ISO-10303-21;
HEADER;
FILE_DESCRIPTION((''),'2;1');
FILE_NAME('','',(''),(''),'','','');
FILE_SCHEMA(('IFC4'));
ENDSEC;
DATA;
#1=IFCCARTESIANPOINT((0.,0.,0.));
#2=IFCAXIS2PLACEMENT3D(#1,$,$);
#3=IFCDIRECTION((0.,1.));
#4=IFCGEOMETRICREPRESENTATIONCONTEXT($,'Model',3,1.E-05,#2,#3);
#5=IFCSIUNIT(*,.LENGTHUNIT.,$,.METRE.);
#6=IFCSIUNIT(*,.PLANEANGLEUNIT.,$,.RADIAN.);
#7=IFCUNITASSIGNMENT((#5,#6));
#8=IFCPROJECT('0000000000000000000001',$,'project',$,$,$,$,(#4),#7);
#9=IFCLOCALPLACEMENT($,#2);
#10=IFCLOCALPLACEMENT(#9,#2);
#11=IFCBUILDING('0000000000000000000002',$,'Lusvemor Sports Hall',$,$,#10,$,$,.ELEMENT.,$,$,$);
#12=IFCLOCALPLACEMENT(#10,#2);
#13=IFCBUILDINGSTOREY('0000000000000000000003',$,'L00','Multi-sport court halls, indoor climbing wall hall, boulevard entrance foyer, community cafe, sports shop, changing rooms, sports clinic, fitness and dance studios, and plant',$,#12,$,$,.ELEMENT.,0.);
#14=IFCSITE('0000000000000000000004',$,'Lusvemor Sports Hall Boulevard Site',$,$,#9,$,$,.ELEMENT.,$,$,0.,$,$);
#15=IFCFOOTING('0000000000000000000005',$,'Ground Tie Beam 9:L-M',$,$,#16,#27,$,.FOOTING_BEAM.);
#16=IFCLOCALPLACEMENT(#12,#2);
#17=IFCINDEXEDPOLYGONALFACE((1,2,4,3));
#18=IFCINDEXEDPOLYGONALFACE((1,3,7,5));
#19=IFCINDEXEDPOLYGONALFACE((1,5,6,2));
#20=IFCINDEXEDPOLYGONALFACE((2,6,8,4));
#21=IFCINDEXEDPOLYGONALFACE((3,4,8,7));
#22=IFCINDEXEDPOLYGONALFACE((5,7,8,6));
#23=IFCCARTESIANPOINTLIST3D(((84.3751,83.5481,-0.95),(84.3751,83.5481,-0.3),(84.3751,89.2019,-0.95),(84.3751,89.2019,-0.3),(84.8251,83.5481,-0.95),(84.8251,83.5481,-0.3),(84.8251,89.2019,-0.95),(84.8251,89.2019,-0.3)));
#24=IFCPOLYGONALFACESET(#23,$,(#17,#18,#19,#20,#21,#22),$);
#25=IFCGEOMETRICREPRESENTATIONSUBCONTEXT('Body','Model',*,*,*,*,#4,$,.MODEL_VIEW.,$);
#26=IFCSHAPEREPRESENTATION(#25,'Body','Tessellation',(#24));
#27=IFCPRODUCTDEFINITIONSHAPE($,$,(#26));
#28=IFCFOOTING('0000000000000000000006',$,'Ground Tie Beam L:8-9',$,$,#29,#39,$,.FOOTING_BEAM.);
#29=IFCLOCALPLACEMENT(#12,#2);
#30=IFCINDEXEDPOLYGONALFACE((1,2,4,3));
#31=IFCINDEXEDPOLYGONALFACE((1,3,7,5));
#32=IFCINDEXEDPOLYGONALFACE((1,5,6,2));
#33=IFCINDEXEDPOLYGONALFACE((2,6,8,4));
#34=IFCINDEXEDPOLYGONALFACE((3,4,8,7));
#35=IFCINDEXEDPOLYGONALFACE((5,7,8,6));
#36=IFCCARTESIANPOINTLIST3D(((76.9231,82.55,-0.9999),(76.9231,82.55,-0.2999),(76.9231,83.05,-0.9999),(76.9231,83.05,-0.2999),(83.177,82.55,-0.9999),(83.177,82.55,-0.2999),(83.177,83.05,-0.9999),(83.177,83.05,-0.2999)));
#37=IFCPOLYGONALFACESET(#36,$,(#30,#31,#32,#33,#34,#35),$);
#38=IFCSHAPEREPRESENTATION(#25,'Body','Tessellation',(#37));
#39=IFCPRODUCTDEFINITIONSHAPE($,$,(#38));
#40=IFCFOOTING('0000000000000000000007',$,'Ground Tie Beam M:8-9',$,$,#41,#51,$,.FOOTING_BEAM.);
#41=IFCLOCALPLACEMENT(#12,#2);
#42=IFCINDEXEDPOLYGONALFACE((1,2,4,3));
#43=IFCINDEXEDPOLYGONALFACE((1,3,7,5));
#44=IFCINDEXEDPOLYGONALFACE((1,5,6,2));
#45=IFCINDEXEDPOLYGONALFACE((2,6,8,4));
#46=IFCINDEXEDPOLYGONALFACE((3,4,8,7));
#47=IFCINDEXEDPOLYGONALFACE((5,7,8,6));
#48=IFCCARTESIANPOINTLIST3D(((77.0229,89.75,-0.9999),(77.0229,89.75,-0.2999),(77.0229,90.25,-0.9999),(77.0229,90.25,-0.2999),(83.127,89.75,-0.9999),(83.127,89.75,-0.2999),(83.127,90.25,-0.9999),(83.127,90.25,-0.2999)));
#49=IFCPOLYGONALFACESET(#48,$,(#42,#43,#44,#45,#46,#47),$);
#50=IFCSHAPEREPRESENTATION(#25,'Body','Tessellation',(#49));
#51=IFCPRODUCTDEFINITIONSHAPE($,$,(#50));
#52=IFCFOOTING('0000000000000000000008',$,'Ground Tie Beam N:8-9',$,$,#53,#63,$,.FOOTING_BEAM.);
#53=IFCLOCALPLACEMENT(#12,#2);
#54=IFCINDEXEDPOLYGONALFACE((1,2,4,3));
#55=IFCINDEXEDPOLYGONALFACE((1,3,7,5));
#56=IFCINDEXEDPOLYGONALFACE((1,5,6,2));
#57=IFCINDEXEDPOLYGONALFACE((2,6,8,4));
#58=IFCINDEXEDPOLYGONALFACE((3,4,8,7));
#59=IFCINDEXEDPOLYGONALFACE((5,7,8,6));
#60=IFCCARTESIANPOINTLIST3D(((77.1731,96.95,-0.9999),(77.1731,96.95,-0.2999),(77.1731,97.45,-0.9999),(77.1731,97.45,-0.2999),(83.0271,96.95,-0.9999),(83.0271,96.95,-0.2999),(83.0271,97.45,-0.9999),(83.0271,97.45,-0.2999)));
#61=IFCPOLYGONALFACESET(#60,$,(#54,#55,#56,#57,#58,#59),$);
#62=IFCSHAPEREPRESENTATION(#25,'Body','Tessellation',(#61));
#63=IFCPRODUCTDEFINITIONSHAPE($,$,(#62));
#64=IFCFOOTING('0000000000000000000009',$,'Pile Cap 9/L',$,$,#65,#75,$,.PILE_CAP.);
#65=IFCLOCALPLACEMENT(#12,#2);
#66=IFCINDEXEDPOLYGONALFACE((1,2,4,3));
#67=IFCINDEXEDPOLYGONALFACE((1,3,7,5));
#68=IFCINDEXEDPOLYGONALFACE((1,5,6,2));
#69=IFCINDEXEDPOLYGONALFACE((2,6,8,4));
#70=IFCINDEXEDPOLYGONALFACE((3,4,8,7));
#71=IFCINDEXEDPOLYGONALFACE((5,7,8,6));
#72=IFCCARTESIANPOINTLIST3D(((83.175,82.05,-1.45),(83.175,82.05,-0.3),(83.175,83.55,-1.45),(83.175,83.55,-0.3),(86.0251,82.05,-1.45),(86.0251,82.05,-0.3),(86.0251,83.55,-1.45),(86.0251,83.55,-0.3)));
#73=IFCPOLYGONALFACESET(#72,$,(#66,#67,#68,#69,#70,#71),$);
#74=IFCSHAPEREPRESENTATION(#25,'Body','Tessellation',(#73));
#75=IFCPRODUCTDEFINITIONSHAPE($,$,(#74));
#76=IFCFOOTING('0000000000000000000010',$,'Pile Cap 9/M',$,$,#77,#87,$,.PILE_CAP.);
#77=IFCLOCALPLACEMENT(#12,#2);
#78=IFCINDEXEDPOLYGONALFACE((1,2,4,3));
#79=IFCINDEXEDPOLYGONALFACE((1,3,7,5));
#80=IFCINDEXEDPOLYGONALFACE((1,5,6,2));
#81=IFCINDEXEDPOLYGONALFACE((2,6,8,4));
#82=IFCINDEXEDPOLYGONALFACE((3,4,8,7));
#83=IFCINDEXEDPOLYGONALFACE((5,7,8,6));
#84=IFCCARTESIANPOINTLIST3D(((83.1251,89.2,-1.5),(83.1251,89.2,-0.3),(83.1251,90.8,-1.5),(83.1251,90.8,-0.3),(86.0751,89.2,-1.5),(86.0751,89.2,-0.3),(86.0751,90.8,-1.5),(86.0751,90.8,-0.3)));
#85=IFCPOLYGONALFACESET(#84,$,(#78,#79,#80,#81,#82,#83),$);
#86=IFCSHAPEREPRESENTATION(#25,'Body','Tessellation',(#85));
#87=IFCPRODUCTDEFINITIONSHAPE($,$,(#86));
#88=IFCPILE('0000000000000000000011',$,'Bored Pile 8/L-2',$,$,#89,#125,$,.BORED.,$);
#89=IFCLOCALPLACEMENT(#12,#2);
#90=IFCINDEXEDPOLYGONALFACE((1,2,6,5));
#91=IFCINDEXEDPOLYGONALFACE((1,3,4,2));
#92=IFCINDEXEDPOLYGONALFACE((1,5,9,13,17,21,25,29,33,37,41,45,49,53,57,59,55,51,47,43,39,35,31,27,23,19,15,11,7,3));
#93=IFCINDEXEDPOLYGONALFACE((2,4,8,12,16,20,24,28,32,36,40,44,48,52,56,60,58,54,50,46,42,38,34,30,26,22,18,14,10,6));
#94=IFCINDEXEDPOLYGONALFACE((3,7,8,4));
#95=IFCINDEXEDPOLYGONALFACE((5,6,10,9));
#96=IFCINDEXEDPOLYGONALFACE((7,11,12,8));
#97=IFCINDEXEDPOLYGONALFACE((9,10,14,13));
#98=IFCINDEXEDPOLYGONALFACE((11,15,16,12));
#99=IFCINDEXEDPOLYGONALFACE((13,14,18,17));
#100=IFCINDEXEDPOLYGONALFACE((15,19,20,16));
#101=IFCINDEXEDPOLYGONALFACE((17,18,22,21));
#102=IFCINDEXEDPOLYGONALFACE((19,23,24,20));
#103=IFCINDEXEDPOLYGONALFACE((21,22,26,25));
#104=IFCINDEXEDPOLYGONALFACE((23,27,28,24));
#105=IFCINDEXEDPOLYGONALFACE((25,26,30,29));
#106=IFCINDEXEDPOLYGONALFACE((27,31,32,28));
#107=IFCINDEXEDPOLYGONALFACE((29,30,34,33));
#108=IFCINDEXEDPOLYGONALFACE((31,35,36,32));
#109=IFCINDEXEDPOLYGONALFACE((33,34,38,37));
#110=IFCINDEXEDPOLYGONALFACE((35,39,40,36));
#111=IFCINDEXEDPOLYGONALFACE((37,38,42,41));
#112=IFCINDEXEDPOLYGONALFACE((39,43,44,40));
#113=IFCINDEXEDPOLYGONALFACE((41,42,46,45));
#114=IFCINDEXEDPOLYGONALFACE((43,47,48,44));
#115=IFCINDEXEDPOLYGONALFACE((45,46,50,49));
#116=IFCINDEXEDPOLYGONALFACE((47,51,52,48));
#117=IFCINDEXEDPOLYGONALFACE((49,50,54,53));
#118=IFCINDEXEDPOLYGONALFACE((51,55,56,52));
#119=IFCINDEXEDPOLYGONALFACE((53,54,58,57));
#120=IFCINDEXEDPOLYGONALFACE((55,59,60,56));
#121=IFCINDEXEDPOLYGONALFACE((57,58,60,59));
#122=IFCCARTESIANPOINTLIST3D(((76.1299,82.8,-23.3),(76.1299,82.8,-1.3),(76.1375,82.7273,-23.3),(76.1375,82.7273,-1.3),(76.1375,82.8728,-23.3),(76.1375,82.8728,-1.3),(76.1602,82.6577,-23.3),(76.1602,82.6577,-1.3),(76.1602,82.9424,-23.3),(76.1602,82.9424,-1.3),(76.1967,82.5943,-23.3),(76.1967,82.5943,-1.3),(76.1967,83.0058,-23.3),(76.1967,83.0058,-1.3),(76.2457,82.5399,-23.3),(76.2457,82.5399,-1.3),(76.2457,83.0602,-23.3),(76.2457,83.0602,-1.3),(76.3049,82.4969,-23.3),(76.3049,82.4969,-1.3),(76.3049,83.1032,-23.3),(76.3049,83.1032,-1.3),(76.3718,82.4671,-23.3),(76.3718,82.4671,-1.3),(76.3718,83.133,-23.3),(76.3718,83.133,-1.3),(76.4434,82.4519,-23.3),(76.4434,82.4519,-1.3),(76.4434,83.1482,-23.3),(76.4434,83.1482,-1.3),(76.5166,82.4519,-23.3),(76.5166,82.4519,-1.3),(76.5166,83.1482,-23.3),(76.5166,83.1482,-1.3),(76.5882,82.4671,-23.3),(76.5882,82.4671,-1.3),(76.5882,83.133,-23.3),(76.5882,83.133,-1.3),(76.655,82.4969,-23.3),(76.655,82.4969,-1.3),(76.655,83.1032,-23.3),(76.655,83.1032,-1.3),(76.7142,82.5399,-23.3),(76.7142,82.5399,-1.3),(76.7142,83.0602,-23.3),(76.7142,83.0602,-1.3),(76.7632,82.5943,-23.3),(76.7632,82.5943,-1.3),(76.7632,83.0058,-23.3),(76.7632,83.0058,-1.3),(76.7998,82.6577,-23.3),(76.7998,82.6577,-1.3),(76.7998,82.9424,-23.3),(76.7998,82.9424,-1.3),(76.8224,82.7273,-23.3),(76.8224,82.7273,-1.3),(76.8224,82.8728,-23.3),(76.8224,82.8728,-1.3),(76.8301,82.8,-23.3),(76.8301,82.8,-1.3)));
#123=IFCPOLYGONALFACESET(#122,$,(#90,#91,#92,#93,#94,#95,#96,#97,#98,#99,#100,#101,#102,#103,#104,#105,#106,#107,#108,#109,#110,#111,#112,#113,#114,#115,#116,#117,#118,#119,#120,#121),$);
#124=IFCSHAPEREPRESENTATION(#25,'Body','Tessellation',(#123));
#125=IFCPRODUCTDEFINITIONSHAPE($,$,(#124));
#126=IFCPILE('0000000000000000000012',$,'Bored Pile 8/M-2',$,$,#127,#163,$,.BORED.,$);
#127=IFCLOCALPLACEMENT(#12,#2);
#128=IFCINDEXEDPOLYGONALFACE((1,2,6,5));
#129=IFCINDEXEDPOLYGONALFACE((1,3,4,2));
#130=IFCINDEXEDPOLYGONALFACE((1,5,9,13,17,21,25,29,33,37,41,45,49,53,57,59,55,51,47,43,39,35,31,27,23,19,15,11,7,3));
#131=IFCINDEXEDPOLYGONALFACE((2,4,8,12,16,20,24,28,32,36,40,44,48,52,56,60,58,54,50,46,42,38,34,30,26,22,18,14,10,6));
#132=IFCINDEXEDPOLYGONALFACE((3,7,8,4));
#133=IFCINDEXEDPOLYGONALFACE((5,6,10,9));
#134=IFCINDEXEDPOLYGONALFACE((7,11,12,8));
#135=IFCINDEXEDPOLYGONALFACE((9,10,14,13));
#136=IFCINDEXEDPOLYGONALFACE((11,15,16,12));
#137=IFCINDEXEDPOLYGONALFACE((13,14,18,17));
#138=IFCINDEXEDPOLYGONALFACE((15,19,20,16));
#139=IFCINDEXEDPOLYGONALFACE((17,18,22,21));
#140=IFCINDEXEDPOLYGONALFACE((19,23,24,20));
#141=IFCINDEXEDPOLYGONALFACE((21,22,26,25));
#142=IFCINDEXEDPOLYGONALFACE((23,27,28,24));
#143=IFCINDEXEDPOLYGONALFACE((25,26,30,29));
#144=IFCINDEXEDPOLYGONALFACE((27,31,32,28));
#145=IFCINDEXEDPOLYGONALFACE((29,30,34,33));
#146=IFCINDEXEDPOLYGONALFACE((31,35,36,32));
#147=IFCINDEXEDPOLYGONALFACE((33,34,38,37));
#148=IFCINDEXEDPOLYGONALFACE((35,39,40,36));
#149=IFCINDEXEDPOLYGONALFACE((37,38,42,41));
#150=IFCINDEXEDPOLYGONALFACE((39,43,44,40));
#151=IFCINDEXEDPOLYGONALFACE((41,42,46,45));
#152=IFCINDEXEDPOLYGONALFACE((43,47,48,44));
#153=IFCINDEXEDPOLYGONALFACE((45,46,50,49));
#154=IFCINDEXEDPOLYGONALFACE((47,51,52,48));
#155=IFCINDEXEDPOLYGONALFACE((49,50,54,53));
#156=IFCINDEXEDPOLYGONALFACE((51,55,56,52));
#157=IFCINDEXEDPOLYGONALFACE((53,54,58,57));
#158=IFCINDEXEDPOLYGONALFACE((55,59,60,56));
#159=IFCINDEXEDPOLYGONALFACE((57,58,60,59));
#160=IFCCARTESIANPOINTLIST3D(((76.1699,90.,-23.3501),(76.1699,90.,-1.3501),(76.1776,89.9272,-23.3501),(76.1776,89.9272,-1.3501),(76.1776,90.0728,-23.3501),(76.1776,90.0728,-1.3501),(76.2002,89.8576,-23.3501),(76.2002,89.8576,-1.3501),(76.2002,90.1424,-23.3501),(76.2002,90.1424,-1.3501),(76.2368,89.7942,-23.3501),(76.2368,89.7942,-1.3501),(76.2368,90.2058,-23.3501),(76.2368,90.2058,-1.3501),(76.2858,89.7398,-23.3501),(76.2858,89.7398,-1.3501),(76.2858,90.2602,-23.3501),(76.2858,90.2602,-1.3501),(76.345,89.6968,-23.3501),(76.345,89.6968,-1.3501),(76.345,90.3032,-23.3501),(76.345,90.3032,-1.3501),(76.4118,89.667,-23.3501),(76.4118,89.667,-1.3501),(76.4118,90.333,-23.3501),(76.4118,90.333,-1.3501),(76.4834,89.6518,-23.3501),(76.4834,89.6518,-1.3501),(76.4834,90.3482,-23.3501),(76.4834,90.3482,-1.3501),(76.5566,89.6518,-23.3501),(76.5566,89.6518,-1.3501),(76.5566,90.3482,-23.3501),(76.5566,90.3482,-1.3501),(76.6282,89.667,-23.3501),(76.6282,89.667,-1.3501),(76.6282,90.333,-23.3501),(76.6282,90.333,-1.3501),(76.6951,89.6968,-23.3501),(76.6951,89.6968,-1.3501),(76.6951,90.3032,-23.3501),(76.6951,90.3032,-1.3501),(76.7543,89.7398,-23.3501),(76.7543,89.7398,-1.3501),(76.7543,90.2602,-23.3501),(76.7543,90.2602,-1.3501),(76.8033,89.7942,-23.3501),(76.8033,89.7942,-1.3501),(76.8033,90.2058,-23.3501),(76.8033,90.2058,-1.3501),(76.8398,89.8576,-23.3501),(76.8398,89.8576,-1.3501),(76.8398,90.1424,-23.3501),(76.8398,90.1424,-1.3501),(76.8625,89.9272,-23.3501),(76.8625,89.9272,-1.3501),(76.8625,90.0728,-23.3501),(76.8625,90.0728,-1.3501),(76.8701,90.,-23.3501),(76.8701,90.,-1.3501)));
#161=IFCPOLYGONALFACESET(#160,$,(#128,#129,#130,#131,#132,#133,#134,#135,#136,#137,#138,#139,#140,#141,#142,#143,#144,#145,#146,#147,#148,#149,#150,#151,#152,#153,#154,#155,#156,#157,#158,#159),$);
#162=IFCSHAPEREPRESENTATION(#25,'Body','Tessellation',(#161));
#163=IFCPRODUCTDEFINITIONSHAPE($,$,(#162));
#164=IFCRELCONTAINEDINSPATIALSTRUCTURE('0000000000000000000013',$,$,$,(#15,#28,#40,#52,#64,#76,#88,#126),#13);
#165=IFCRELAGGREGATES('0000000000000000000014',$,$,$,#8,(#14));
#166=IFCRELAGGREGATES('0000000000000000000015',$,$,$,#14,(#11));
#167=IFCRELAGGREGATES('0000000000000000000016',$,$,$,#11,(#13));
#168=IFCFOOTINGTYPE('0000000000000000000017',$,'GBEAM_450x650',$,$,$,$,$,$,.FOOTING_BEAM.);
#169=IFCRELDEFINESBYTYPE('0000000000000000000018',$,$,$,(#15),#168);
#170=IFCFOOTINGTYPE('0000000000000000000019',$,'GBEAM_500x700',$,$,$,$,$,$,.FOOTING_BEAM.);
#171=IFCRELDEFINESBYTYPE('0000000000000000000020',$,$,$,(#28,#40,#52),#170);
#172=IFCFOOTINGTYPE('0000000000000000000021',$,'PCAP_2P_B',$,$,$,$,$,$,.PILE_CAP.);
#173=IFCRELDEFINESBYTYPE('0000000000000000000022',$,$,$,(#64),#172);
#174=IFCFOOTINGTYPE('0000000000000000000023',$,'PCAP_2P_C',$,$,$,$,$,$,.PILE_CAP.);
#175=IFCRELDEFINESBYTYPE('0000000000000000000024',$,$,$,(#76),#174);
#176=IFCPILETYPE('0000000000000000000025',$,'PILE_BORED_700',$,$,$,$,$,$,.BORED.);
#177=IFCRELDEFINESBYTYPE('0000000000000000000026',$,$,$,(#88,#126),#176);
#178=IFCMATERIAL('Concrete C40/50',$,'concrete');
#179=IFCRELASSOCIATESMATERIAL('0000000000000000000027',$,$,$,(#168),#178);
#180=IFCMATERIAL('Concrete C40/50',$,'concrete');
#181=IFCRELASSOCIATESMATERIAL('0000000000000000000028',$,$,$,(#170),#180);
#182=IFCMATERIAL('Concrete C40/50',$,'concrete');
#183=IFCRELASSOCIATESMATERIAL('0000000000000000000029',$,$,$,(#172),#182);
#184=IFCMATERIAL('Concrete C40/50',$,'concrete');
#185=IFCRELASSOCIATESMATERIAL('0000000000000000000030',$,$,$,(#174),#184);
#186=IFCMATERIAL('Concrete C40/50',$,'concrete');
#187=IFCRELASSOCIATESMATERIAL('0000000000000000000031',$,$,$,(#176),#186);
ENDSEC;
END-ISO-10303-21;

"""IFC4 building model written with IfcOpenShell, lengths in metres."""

from ifc_helpers import new_model, si_unit, direction, frame, origin, origin_2d, place, context, subcontext, project, spatial, rectangle, circle, extrude, material, material_profile, profile_set, type_object, element, save


model = new_model("IFC4")

# Units and contexts
model_context = context("Model", 3, precision=1e-05, world=origin(), true_north=direction((0.0, 1.0)))
body_context = subcontext(model_context, "Body", "Model", "MODEL_VIEW")
ifc_project = project(units=[si_unit("LENGTHUNIT", "METRE"), si_unit("PLANEANGLEUNIT", "RADIAN")], contexts=[model_context])

# Site, building, storey
site_placement = place(None, origin())
site = spatial("IfcSite", under=ifc_project, at=site_placement, Name="Lusvemor Sports Hall Boulevard Site", CompositionType="ELEMENT", RefElevation=0.0)
building_placement = place(site_placement, origin())
building = spatial("IfcBuilding", under=site, at=building_placement, Name="Lusvemor Sports Hall", CompositionType="ELEMENT")
storey_placement = place(building_placement, origin())
storey = spatial("IfcBuildingStorey", under=building, at=storey_placement, Name="L00", Description="Multi-sport court halls, indoor climbing wall hall, boulevard entrance foyer, community cafe, sports shop, changing rooms, sports clinic, fitness and dance studios, and plant", CompositionType="ELEMENT", Elevation=0.0)

# Footings
ifc_material_1 = material(Name="Concrete C40/50", Category="concrete")
ifc_material_profile_1 = material_profile(ifc_material_1, rectangle(XDim=0.45, YDim=0.6499, at=origin_2d()), Name="GB_450x650")
ifc_profile_set_1 = profile_set([ifc_material_profile_1], Name="Concrete C40/50")
footing_type_1 = type_object("IfcFootingType", Name="GBEAM_450x650", PredefinedType="FOOTING_BEAM", material=ifc_profile_set_1)
footing_1_placement = place(storey_placement, frame((84.6001, 83.5481, -0.625), z_axis=(0.0, 1.0, 0.0), x_axis=(-1.0, 0.0, 0.0)))
element("IfcFooting", 1, at=footing_1_placement, inside=storey, type_object=footing_type_1, Name="Ground Tie Beam 9:L-M", PredefinedType="FOOTING_BEAM", context=body_context, shape_type="SweptSolid", body=[
    extrude(rectangle(XDim=0.45, YDim=0.6499, at=origin_2d()), origin(), (0.0, 0.0, 1.0), 5.6538),
])
ifc_material_2 = material(Name="Concrete C40/50", Category="concrete")
ifc_material_profile_2 = material_profile(ifc_material_2, rectangle(XDim=0.5, YDim=0.7, at=origin_2d()), Name="GB_500x700")
ifc_profile_set_2 = profile_set([ifc_material_profile_2], Name="Concrete C40/50")
footing_type_2 = type_object("IfcFootingType", Name="GBEAM_500x700", PredefinedType="FOOTING_BEAM", material=ifc_profile_set_2)
footing_2_placement = place(storey_placement, frame((76.9231, 82.8, -0.6499), z_axis=(1.0, 0.0, 0.0), x_axis=(0.0, 1.0, 0.0)))
element("IfcFooting", 2, at=footing_2_placement, inside=storey, type_object=footing_type_2, Name="Ground Tie Beam L:8-9", PredefinedType="FOOTING_BEAM", context=body_context, shape_type="SweptSolid", body=[
    extrude(rectangle(XDim=0.5, YDim=0.7, at=origin_2d()), origin(), (0.0, 0.0, 1.0), 6.2539),
])
footing_3_placement = place(storey_placement, frame((77.0229, 90.0, -0.6499), z_axis=(1.0, 0.0, 0.0), x_axis=(0.0, 1.0, 0.0)))
element("IfcFooting", 3, at=footing_3_placement, inside=storey, type_object=footing_type_2, Name="Ground Tie Beam M:8-9", PredefinedType="FOOTING_BEAM", context=body_context, shape_type="SweptSolid", body=[
    extrude(rectangle(XDim=0.5, YDim=0.7, at=origin_2d()), origin(), (0.0, 0.0, 1.0), 6.104),
])
footing_4_placement = place(storey_placement, frame((77.1731, 97.2, -0.6499), z_axis=(1.0, 0.0, 0.0), x_axis=(0.0, 1.0, 0.0)))
element("IfcFooting", 4, at=footing_4_placement, inside=storey, type_object=footing_type_2, Name="Ground Tie Beam N:8-9", PredefinedType="FOOTING_BEAM", context=body_context, shape_type="SweptSolid", body=[
    extrude(rectangle(XDim=0.5, YDim=0.7, at=origin_2d()), origin(), (0.0, 0.0, 1.0), 5.854),
])
ifc_material_3 = material(Name="Concrete C40/50", Category="concrete")
footing_type_3 = type_object("IfcFootingType", Name="PCAP_2P_B", PredefinedType="PILE_CAP", material=ifc_material_3)
footing_5_placement = place(storey_placement, frame((84.6001, 82.8, -1.45), z_axis=(0.0, 0.0, 1.0), x_axis=(1.0, 0.0, 0.0)))
element("IfcFooting", 5, at=footing_5_placement, inside=storey, type_object=footing_type_3, Name="Pile Cap 9/L", PredefinedType="PILE_CAP", context=body_context, shape_type="SweptSolid", body=[
    extrude(rectangle(XDim=2.8501, YDim=1.5, at=origin_2d()), origin(), (0.0, 0.0, 1.0), 1.1499),
])
ifc_material_4 = material(Name="Concrete C40/50", Category="concrete")
footing_type_4 = type_object("IfcFootingType", Name="PCAP_2P_C", PredefinedType="PILE_CAP", material=ifc_material_4)
footing_6_placement = place(storey_placement, frame((84.6001, 90.0, -1.5), z_axis=(0.0, 0.0, 1.0), x_axis=(1.0, 0.0, 0.0)))
element("IfcFooting", 6, at=footing_6_placement, inside=storey, type_object=footing_type_4, Name="Pile Cap 9/M", PredefinedType="PILE_CAP", context=body_context, shape_type="SweptSolid", body=[
    extrude(rectangle(XDim=2.95, YDim=1.6001, at=origin_2d()), origin(), (0.0, 0.0, 1.0), 1.2),
])

# Piles
ifc_material_5 = material(Name="Concrete C40/50", Category="concrete")
ifc_material_profile_3 = material_profile(ifc_material_5, circle(Radius=0.3501, at=origin_2d()), Name="PILE700")
ifc_profile_set_3 = profile_set([ifc_material_profile_3], Name="Concrete C40/50")
pile_type = type_object("IfcPileType", Name="PILE_BORED_700", PredefinedType="BORED", material=ifc_profile_set_3)
for number, where, z_axis, x_axis, name in (
    (7, (76.48, 82.8, -1.3), (0.0, 0.0, -1.0), (1.0, 0.0, 0.0), "Bored Pile 8/L-2"),
    (8, (76.52, 90.0, -1.3501), (0.0, 0.0, -1.0), (1.0, 0.0, 0.0), "Bored Pile 8/M-2"),
):
    element("IfcPile", number, at=place(storey_placement, frame(where, z_axis=z_axis, x_axis=x_axis)), inside=storey, type_object=pile_type, Name=name, PredefinedType="BORED", context=body_context, shape_type="SweptSolid", body=[
        extrude(circle(Radius=0.3501, at=origin_2d()), origin(), (0.0, 0.0, 1.0), 22.0),
    ])

save(model, "model.ifc")
